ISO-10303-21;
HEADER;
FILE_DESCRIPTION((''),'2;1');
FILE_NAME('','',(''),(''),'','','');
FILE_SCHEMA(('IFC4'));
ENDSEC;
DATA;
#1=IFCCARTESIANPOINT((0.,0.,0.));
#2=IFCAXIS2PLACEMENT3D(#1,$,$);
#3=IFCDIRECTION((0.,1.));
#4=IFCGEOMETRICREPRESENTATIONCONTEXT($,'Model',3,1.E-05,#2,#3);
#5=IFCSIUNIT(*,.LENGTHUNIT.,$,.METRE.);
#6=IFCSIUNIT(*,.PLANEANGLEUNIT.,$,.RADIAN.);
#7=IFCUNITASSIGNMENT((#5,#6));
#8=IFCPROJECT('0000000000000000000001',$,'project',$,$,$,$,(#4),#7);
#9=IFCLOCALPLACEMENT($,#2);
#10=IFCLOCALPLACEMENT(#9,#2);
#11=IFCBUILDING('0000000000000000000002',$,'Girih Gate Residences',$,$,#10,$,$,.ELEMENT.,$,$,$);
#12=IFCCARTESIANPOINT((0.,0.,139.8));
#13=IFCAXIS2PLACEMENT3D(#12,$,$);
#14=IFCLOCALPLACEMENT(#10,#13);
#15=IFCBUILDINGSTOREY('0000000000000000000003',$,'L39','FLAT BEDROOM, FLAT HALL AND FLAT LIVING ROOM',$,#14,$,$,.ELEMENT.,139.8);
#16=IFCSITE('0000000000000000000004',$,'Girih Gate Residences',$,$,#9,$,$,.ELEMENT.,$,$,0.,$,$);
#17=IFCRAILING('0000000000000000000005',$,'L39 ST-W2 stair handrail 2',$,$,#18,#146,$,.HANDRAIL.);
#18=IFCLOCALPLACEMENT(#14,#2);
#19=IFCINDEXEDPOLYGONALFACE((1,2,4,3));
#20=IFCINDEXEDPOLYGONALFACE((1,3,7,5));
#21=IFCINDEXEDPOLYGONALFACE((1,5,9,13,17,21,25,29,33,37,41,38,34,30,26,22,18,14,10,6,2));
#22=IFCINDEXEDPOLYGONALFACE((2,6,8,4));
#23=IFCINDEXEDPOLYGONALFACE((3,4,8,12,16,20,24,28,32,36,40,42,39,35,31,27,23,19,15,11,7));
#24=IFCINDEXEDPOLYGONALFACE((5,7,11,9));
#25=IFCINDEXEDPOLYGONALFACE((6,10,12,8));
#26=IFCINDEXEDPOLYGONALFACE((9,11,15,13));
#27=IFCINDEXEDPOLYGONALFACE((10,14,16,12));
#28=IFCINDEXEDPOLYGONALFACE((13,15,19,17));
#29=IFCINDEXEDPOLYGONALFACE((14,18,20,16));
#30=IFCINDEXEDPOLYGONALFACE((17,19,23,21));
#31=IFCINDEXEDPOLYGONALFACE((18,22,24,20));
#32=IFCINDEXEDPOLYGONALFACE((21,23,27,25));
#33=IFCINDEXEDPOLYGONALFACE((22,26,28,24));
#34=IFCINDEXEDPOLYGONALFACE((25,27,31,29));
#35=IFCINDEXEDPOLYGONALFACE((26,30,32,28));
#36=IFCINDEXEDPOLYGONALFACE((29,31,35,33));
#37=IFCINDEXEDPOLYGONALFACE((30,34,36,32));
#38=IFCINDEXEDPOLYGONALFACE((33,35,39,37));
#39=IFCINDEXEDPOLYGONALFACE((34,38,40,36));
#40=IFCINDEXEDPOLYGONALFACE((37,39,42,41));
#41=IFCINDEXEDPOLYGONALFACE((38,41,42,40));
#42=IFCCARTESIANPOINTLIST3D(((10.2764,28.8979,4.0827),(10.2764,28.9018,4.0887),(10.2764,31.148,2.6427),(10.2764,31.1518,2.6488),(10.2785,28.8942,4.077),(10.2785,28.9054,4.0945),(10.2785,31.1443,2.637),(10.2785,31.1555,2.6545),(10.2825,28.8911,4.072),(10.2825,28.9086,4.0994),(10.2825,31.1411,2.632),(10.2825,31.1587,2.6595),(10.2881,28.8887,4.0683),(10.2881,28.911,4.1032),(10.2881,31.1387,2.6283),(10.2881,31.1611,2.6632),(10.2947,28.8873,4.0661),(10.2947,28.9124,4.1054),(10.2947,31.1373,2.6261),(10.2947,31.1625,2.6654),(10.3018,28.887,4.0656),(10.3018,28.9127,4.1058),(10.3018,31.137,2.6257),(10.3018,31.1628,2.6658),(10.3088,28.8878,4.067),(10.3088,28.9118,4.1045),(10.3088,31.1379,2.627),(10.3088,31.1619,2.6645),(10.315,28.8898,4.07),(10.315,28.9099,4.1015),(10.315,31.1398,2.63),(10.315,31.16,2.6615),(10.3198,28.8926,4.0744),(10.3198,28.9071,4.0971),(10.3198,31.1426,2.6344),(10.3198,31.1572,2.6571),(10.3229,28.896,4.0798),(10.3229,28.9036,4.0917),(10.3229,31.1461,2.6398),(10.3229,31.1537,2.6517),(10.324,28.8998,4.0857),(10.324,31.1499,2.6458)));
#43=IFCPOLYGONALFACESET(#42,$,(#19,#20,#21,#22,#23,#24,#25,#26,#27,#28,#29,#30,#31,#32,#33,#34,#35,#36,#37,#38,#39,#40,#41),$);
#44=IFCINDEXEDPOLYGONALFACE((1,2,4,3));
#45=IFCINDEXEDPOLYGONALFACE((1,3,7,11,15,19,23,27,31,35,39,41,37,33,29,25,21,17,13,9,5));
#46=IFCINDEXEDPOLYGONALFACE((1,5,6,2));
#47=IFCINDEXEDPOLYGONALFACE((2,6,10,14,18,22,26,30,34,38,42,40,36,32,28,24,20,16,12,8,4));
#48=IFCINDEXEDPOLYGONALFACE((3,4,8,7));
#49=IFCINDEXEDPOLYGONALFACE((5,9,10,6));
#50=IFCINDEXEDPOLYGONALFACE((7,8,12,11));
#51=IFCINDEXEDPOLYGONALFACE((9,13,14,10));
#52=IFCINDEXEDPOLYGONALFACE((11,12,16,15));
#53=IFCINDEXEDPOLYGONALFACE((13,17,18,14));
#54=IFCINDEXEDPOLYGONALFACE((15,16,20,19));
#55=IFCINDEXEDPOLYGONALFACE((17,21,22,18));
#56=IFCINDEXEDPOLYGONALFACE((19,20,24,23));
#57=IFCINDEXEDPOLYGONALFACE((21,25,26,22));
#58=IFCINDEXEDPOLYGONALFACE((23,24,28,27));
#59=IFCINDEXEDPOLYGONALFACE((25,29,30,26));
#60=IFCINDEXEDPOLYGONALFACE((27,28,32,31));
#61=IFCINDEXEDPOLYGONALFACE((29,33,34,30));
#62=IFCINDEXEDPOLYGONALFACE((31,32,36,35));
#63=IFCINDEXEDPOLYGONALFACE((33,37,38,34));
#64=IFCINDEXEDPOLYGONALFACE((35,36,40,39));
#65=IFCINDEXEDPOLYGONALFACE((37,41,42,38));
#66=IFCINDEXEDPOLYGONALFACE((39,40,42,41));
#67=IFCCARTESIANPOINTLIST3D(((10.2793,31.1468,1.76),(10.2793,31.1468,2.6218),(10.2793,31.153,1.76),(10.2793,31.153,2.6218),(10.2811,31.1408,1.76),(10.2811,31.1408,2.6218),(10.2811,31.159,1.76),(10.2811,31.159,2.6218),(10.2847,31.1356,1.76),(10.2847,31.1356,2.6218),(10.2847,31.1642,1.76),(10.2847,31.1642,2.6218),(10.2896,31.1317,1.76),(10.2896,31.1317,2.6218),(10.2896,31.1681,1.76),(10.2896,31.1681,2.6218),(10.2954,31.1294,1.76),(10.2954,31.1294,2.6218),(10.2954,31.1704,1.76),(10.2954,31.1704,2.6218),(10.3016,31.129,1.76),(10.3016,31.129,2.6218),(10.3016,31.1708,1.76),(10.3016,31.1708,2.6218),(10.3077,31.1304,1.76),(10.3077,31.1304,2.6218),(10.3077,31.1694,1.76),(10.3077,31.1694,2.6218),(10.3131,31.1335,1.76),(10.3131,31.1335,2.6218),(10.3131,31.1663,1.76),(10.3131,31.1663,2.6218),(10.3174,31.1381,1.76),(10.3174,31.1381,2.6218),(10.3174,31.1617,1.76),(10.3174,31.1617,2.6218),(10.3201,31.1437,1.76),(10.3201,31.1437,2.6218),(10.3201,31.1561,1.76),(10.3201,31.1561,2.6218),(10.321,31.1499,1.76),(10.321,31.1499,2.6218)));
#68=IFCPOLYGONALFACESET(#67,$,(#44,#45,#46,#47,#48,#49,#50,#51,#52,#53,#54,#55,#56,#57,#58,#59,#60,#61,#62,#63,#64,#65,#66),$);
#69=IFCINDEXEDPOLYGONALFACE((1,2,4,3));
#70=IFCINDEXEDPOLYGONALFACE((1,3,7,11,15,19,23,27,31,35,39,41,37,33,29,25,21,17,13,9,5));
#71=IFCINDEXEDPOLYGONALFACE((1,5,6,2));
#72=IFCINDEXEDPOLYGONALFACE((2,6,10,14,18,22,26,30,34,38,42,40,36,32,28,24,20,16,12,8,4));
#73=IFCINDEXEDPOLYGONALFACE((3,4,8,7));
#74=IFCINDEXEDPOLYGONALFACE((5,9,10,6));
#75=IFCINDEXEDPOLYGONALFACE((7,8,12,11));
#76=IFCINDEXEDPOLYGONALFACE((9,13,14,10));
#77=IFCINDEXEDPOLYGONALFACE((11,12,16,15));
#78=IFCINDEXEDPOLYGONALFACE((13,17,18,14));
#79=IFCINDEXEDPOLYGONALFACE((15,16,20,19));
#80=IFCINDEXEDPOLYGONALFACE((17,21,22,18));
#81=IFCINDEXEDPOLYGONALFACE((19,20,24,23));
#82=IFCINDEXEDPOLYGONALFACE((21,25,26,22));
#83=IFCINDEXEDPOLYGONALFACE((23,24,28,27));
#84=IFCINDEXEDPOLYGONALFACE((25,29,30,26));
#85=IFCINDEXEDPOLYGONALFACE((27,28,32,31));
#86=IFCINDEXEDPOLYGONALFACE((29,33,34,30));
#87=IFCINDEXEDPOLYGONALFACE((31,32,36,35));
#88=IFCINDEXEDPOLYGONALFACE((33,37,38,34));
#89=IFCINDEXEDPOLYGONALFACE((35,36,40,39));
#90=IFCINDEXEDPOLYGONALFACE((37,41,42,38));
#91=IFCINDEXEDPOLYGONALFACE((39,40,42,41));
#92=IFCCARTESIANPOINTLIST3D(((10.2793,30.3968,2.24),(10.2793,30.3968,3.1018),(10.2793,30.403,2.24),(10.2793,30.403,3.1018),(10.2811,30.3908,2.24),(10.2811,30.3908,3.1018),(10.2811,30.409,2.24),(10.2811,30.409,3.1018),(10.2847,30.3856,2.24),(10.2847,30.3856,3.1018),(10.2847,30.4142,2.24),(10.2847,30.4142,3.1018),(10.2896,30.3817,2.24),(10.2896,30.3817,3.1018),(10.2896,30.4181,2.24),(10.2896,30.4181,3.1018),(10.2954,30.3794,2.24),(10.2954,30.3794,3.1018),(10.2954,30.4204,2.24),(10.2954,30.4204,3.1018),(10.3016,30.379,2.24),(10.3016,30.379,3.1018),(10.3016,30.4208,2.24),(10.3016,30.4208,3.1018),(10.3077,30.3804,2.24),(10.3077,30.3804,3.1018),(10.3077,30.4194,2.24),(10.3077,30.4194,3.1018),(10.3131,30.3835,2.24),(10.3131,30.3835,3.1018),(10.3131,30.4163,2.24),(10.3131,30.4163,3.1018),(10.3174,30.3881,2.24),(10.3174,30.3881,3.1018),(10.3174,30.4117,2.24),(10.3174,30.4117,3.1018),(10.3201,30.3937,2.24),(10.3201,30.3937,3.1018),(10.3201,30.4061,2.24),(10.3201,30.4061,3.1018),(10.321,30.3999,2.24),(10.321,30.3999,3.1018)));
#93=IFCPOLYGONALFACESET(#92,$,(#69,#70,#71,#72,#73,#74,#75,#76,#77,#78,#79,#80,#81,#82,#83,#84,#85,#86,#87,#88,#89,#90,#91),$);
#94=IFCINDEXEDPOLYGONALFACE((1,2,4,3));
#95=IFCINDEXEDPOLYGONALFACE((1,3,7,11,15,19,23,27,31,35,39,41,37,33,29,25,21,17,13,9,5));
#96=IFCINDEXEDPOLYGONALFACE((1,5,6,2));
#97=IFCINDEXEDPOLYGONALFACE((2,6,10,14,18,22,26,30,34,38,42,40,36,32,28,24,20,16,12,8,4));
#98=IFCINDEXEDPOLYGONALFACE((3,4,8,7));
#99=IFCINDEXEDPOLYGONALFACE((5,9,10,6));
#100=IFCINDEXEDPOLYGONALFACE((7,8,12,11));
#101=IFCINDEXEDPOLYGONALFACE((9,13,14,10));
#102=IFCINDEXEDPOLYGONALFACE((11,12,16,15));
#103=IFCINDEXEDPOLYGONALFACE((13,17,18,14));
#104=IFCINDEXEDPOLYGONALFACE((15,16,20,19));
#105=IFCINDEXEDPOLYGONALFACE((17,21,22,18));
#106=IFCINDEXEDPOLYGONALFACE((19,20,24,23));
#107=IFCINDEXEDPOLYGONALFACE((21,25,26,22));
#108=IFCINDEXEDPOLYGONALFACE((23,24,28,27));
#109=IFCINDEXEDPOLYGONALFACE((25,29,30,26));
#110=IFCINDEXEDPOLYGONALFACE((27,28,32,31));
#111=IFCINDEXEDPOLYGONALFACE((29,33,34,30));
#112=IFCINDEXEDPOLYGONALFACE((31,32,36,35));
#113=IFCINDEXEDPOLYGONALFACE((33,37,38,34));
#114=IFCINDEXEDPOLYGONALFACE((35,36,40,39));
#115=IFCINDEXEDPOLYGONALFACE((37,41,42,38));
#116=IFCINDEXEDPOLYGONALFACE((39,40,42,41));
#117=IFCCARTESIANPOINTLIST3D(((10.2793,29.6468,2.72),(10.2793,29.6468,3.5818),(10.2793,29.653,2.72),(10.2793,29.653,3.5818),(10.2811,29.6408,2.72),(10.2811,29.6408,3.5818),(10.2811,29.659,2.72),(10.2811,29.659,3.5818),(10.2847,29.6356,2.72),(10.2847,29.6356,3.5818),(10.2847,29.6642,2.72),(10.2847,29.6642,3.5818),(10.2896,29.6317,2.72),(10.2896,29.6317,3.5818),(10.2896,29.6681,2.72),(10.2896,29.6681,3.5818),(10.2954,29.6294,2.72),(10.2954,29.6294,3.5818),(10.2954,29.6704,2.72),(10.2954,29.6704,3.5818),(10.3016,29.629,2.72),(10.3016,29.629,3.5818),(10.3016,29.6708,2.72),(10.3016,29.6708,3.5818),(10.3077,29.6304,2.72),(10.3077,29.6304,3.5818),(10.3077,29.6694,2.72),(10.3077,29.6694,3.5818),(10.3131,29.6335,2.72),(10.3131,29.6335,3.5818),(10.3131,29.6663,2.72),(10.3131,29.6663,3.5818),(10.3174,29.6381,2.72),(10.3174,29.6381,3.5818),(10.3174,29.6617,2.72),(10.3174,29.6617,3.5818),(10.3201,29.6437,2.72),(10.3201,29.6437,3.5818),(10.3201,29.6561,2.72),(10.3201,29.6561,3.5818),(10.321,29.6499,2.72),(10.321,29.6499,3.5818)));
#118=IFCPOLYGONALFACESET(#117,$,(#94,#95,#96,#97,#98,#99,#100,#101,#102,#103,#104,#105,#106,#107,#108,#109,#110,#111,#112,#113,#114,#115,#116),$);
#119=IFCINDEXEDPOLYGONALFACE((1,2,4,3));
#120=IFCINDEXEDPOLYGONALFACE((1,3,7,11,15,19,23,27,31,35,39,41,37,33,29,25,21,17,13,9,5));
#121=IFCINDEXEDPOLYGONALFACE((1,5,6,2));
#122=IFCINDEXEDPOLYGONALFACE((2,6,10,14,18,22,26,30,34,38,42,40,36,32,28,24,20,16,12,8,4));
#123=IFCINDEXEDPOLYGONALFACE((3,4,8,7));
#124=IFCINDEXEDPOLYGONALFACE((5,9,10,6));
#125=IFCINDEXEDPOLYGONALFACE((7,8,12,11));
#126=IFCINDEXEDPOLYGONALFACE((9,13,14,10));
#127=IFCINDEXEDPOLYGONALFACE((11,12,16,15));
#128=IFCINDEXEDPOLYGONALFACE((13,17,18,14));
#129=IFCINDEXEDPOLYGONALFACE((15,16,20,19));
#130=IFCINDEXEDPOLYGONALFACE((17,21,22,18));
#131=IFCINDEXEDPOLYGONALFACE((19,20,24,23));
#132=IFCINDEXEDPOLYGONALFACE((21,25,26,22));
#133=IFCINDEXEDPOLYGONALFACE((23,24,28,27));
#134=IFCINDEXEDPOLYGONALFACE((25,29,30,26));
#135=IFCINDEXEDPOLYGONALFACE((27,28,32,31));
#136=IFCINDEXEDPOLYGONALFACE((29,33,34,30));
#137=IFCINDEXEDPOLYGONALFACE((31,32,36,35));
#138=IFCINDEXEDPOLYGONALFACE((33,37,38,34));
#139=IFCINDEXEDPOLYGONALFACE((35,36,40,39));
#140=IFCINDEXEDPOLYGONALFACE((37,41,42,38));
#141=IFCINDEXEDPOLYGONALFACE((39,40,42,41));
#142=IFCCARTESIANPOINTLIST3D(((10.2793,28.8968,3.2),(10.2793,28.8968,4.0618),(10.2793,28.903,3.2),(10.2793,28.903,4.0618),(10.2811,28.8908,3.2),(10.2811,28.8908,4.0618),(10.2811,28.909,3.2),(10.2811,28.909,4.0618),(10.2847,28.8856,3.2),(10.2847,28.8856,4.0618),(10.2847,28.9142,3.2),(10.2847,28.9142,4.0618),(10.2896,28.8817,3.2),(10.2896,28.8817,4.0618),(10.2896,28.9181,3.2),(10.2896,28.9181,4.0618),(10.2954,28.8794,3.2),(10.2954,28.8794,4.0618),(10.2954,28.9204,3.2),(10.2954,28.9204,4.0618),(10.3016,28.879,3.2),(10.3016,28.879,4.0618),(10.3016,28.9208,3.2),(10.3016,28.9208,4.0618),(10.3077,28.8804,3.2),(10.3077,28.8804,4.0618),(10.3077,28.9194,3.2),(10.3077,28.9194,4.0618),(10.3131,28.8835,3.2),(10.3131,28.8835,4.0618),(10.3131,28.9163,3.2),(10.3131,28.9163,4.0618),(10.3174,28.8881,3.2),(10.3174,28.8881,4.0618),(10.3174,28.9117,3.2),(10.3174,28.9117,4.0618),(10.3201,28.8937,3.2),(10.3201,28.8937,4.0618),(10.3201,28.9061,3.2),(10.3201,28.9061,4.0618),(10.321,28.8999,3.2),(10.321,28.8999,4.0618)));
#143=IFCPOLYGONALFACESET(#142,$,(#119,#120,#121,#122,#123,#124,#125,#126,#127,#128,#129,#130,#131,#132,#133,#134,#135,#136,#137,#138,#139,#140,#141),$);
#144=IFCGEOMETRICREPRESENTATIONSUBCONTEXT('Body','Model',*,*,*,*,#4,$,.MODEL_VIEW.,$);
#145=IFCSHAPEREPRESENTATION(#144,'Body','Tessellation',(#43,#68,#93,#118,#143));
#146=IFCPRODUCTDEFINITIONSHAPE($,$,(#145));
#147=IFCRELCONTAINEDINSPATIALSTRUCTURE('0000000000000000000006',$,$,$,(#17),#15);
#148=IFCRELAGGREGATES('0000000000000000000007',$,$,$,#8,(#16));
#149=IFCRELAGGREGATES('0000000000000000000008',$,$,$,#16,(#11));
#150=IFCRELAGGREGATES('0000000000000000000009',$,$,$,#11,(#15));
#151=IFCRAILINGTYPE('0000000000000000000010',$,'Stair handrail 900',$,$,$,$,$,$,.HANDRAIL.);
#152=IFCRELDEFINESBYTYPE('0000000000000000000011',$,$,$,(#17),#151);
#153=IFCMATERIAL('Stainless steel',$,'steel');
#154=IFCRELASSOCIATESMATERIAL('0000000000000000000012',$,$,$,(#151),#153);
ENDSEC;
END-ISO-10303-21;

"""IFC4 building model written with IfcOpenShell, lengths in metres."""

from ifc_helpers import new_model, si_unit, direction, frame, origin, origin_2d, place, context, subcontext, project, spatial, circle, extrude, material, type_object, element, save


model = new_model("IFC4")

# Units and contexts
model_context = context("Model", 3, precision=1e-05, world=origin(), true_north=direction((0.0, 1.0)))
body_context = subcontext(model_context, "Body", "Model", "MODEL_VIEW")
ifc_project = project(units=[si_unit("LENGTHUNIT", "METRE"), si_unit("PLANEANGLEUNIT", "RADIAN")], contexts=[model_context])

# Site, building, storey
site_placement = place(None, origin())
site = spatial("IfcSite", under=ifc_project, at=site_placement, Name="Girih Gate Residences", CompositionType="ELEMENT", RefElevation=0.0)
building_placement = place(site_placement, origin())
building = spatial("IfcBuilding", under=site, at=building_placement, Name="Girih Gate Residences", CompositionType="ELEMENT")
storey_placement = place(building_placement, frame((0.0, 0.0, 139.8)))
storey = spatial("IfcBuildingStorey", under=building, at=storey_placement, Name="L39", Description="FLAT BEDROOM, FLAT HALL AND FLAT LIVING ROOM", CompositionType="ELEMENT", Elevation=139.8)

# Railing
ifc_material_1 = material(Name="Stainless steel", Category="steel")
railing_type_1 = type_object("IfcRailingType", Name="Stair handrail 900", PredefinedType="HANDRAIL", material=ifc_material_1)
railing_1_placement = place(storey_placement, frame((10.3, 31.1499, 1.76)))
element("IfcRailing", 1, at=railing_1_placement, inside=storey, type_object=railing_type_1, Name="L39 ST-W2 stair handrail 2", PredefinedType="HANDRAIL", context=body_context, shape_type="SweptSolid", body=[
    extrude(circle(Radius=0.0239, at=origin_2d()), frame((0.0, 0.0, 0.8857), z_axis=(0.0, -0.842281, 0.539038), x_axis=(1.0, 0.0, 0.0)), (0.0, 0.0, 1.0), 2.6714),
    extrude(circle(Radius=0.021, at=origin_2d()), origin(), (0.0, 0.0, 1.0), 0.8618),
    extrude(circle(Radius=0.021, at=origin_2d()), frame((0.0, -0.75, 0.48)), (0.0, 0.0, 1.0), 0.8618),
    extrude(circle(Radius=0.021, at=origin_2d()), frame((0.0, -1.5, 0.96)), (0.0, 0.0, 1.0), 0.8618),
    extrude(circle(Radius=0.021, at=origin_2d()), frame((0.0, -2.25, 1.4399)), (0.0, 0.0, 1.0), 0.8618),
])

save(model, "model.ifc")
